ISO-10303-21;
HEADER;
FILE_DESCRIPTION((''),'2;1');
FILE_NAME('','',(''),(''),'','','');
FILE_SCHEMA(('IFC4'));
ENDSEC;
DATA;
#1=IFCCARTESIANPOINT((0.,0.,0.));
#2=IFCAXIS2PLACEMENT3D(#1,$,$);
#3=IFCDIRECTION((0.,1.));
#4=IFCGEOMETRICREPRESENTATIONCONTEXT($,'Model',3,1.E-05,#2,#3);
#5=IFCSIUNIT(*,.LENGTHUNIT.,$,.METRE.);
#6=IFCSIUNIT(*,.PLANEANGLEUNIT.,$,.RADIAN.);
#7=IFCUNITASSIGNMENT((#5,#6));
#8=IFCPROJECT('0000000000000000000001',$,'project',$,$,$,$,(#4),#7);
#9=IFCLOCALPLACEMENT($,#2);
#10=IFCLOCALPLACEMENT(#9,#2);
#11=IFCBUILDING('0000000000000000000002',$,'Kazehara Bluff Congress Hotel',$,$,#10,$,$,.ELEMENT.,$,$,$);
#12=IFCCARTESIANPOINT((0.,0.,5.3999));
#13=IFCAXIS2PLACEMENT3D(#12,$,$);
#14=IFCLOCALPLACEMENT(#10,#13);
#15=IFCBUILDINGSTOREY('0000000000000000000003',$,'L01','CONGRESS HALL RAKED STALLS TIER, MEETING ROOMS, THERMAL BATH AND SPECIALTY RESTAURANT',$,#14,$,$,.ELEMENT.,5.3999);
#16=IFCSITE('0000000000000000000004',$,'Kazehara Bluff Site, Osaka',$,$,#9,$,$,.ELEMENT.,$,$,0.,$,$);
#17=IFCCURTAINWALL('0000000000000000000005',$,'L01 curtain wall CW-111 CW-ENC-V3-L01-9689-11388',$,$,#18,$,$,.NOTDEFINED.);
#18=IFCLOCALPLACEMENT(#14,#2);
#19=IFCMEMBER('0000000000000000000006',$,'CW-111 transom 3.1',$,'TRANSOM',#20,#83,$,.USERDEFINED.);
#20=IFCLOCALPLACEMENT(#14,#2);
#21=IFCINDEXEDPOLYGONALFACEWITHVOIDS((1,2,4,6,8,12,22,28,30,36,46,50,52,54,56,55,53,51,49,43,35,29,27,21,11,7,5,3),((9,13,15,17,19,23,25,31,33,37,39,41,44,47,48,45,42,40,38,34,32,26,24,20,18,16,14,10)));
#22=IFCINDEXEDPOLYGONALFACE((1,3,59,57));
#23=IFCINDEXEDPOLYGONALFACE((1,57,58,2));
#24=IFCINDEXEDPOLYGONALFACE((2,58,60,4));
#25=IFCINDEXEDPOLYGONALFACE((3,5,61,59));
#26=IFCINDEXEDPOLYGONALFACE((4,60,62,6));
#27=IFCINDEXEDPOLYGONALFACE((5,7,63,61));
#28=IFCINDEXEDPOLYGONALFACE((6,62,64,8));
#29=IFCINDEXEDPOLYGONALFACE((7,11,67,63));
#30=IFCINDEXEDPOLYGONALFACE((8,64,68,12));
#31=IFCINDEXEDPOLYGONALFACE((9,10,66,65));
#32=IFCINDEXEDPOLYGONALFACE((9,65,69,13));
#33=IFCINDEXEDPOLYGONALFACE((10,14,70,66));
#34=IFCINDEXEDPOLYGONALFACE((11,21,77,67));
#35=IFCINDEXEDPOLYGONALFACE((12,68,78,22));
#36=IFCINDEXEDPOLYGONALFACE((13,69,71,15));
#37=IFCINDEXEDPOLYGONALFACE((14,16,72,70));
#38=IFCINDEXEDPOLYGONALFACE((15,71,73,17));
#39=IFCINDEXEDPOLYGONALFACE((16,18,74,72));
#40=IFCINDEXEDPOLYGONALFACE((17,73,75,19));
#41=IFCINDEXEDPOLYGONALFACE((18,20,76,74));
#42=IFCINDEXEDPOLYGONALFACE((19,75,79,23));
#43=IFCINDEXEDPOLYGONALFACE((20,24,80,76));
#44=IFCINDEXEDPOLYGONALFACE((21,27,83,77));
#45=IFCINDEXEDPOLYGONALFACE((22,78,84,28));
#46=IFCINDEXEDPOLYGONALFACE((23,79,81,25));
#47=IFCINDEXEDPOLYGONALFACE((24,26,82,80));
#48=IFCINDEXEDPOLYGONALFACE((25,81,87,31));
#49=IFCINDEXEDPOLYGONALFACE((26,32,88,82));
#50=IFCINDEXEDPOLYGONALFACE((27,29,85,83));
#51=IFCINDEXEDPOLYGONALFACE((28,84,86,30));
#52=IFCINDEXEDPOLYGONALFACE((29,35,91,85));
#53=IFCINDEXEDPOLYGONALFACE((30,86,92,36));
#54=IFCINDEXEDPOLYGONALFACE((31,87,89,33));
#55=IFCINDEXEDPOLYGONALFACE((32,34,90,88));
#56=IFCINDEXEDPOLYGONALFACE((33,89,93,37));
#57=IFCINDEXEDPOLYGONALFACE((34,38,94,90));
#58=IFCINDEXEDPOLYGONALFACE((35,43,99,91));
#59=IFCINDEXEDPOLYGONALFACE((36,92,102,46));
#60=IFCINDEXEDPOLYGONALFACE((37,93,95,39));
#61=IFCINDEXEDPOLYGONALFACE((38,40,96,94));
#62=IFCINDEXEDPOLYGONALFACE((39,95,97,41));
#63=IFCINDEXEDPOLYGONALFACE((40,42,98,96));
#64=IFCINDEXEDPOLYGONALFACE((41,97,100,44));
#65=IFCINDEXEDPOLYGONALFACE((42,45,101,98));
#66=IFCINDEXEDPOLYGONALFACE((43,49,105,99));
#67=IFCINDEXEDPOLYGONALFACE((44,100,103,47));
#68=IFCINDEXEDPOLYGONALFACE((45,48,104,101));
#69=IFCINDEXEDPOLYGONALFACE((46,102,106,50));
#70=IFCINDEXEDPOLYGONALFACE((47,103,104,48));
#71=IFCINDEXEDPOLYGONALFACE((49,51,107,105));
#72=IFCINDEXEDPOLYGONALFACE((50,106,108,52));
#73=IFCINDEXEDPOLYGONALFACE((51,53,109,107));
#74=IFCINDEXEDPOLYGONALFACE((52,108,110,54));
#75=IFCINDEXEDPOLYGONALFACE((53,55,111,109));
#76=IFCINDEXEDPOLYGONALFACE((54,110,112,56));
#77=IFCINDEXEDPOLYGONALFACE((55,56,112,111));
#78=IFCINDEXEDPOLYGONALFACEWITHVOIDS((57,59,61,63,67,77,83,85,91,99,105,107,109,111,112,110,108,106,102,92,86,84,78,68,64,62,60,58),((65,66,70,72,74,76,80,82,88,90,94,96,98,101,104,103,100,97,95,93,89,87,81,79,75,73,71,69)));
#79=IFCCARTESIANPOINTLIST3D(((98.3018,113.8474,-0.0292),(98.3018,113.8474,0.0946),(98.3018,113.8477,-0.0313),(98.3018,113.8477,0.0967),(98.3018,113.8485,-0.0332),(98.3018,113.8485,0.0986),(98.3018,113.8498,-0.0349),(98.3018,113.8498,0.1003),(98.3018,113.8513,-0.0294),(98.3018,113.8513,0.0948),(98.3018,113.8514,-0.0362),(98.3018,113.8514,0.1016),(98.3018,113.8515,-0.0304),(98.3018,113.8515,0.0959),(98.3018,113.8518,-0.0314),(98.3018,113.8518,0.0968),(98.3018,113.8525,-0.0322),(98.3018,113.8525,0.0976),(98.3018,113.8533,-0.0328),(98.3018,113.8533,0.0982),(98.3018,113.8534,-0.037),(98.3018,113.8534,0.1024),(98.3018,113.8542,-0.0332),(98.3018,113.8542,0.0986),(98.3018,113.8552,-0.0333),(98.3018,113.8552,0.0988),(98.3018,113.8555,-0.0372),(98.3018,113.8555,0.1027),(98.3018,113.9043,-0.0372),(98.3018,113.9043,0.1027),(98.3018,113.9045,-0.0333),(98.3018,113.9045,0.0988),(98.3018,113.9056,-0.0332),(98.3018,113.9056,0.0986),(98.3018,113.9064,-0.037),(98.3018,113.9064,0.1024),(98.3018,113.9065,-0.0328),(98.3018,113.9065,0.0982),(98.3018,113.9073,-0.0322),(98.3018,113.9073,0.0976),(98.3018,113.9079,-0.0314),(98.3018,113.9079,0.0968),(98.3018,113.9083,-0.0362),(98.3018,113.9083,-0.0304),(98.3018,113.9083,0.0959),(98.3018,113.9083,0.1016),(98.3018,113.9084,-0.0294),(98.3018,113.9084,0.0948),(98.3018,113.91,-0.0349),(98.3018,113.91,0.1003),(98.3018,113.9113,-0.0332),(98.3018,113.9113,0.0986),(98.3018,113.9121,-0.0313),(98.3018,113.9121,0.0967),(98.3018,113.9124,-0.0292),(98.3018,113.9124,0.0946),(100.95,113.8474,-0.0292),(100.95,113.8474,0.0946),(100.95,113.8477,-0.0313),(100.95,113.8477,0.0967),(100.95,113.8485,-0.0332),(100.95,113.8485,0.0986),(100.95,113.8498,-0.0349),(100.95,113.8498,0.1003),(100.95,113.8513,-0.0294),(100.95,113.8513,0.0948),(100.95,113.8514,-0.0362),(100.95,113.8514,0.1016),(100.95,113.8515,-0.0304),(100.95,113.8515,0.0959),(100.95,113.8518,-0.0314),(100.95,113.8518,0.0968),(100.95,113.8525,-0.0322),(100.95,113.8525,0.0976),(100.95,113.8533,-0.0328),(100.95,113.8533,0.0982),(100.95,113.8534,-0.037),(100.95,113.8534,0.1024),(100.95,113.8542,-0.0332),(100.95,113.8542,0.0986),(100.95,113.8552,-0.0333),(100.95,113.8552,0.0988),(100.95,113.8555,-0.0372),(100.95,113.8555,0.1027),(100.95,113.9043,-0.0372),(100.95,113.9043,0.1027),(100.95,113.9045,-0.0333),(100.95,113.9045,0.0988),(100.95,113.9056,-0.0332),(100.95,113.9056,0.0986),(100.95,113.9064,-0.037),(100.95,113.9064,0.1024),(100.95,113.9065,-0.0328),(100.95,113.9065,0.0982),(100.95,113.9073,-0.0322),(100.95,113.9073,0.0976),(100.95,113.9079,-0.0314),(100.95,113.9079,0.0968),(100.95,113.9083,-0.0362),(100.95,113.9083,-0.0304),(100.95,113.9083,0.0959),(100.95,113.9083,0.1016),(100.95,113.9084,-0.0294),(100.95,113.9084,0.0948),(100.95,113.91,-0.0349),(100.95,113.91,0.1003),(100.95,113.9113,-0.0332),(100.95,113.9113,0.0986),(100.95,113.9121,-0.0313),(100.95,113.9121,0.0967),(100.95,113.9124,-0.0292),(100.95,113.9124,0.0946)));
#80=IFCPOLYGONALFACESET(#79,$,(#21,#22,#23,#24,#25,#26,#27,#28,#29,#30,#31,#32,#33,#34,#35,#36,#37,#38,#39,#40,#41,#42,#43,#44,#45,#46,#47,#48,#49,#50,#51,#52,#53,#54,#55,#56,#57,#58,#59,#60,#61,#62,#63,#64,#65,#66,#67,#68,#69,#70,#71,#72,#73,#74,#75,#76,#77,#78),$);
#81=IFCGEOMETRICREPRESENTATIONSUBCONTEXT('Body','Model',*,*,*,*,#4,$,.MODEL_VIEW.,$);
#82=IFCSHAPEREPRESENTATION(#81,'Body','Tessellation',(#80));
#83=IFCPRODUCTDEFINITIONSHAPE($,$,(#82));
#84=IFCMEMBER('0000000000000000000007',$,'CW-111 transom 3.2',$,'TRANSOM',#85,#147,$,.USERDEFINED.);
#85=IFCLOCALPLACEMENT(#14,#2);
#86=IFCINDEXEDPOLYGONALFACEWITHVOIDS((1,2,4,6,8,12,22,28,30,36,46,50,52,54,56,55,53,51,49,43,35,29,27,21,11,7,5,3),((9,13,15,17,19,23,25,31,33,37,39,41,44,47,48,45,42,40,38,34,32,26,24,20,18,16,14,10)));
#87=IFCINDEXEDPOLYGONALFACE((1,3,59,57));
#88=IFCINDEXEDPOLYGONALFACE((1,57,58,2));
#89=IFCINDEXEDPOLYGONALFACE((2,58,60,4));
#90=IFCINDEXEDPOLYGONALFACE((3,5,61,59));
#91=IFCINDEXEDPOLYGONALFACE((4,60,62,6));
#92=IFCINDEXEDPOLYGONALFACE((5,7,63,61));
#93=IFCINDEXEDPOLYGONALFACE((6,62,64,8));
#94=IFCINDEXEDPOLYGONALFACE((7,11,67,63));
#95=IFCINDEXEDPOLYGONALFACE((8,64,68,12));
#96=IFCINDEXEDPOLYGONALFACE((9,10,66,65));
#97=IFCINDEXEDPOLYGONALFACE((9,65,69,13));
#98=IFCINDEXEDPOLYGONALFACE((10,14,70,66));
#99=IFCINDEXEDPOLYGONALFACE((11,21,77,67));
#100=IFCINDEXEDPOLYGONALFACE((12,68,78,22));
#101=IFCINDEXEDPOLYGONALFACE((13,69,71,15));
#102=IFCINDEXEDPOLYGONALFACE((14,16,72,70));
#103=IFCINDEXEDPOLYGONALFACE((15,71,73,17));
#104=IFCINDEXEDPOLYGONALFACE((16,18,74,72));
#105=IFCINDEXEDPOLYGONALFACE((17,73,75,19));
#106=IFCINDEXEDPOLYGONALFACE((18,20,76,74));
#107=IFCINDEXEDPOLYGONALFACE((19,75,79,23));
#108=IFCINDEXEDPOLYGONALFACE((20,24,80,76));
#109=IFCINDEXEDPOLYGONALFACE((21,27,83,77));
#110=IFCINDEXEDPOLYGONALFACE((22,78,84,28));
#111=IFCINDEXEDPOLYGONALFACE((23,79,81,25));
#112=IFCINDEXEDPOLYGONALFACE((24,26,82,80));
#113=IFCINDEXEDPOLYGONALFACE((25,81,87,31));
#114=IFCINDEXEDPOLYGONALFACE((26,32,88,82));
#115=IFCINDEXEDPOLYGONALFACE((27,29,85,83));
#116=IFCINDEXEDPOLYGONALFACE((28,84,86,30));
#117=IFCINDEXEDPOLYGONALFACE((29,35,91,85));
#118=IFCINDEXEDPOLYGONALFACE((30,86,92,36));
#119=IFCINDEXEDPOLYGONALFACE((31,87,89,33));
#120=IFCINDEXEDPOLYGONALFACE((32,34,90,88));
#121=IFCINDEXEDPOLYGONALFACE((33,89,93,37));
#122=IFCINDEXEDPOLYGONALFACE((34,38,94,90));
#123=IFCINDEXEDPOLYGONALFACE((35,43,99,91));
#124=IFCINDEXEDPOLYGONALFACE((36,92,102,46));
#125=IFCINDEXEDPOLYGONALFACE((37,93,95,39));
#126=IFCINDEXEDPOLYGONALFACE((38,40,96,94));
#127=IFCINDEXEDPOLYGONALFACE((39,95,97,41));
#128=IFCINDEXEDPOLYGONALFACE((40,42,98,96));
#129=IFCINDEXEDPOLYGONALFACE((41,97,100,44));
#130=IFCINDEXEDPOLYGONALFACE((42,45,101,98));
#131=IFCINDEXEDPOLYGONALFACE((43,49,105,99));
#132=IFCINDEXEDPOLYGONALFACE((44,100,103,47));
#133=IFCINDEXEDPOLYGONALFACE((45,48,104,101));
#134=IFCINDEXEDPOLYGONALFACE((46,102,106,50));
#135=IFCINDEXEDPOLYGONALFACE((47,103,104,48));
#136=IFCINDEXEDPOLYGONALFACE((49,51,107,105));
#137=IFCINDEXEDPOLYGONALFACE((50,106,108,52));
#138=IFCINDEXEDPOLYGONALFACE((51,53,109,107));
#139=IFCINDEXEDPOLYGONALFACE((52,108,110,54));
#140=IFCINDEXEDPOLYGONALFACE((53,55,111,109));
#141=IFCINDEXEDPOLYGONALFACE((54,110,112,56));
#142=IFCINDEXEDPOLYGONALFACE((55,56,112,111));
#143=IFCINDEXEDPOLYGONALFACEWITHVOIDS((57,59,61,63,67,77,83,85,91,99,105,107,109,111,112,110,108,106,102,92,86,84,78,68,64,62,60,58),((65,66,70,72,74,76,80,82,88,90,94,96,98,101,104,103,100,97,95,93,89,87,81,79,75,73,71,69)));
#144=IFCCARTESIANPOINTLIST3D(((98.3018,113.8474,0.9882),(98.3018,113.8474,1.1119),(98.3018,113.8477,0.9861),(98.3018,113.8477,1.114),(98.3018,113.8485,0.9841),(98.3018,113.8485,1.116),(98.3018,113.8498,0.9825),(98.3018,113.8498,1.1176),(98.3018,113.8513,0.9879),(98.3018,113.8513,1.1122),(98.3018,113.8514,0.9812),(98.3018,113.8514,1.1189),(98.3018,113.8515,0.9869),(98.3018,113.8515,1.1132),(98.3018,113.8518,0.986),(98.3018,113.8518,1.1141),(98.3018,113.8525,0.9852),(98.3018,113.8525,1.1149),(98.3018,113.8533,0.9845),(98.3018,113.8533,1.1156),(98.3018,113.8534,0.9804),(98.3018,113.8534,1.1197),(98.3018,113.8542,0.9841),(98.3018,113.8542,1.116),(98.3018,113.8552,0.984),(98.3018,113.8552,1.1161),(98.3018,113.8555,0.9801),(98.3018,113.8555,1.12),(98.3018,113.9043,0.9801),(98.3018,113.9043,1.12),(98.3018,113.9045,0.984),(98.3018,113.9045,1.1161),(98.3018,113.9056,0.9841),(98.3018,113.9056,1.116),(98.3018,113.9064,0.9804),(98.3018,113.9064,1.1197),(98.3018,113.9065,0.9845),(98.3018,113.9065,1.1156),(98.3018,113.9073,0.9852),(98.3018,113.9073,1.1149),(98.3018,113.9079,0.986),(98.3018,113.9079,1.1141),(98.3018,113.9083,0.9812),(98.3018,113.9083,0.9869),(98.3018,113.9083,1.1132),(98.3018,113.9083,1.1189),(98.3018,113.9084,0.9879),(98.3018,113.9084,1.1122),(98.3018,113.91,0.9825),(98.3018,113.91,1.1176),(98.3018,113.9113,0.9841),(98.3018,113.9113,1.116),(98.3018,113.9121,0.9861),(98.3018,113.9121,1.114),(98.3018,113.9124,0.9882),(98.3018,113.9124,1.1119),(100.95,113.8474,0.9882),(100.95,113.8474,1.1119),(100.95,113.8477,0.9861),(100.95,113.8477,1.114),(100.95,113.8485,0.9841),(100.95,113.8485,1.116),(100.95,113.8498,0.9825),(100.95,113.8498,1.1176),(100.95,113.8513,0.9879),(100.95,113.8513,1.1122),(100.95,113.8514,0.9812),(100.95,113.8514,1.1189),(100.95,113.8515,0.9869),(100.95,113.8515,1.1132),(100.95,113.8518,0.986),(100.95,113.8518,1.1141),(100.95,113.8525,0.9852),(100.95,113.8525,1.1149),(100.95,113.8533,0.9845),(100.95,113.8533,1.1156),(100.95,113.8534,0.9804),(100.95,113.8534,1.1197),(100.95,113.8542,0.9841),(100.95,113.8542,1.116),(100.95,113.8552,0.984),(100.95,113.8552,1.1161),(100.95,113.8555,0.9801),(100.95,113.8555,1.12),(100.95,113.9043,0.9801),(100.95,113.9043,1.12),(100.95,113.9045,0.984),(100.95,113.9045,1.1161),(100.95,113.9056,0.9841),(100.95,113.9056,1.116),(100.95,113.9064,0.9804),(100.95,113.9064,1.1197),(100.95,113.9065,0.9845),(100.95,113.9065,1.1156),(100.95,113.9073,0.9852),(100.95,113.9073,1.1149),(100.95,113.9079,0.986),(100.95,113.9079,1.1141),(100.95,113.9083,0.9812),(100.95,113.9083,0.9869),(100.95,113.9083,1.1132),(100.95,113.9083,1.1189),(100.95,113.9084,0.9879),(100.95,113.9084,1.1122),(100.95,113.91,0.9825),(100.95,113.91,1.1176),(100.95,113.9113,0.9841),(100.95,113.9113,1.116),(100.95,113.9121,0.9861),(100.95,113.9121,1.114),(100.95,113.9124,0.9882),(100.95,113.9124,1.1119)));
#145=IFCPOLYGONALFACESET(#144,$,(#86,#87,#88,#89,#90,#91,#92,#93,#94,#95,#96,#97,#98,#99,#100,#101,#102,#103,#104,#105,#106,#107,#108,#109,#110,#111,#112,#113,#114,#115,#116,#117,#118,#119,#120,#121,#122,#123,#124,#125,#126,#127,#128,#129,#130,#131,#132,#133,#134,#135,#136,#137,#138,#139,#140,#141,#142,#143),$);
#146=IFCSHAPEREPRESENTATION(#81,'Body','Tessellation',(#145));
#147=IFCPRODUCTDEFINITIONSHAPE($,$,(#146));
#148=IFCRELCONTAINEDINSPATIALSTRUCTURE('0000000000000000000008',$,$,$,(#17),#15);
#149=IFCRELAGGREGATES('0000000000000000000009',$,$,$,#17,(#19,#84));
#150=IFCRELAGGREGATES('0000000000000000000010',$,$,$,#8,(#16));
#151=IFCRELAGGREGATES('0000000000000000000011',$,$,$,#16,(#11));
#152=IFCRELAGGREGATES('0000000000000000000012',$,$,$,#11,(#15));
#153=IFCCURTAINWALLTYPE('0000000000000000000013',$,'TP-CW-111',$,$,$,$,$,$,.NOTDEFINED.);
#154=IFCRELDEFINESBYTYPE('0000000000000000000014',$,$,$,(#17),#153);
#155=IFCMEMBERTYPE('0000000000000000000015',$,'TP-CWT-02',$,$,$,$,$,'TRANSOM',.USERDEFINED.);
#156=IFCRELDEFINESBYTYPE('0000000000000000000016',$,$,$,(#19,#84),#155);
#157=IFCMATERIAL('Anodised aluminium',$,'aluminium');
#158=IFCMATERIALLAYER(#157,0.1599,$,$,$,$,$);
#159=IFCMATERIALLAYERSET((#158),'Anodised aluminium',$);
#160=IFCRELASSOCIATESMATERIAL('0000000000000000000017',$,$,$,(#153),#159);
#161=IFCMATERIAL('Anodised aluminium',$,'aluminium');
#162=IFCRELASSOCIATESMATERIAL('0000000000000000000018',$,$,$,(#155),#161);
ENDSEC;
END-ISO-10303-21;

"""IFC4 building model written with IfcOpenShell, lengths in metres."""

from ifc_helpers import new_model, si_unit, direction, frame, origin, origin_2d, place, context, subcontext, project, spatial, hollow_rectangle, extrude, material, layer, layer_set, material_profile, profile_set, type_object, element, aggregate, save


model = new_model("IFC4")

# Units and contexts
model_context = context("Model", 3, precision=1e-05, world=origin(), true_north=direction((0.0, 1.0)))
body_context = subcontext(model_context, "Body", "Model", "MODEL_VIEW")
ifc_project = project(units=[si_unit("LENGTHUNIT", "METRE"), si_unit("PLANEANGLEUNIT", "RADIAN")], contexts=[model_context])

# Site, building, storey
site_placement = place(None, origin())
site = spatial("IfcSite", under=ifc_project, at=site_placement, Name="Kazehara Bluff Site, Osaka", CompositionType="ELEMENT", RefElevation=0.0)
building_placement = place(site_placement, origin())
building = spatial("IfcBuilding", under=site, at=building_placement, Name="Kazehara Bluff Congress Hotel", CompositionType="ELEMENT")
storey_placement = place(building_placement, frame((0.0, 0.0, 5.3999)))
storey = spatial("IfcBuildingStorey", under=building, at=storey_placement, Name="L01", Description="CONGRESS HALL RAKED STALLS TIER, MEETING ROOMS, THERMAL BATH AND SPECIALTY RESTAURANT", CompositionType="ELEMENT", Elevation=5.3999)

# Curtain wall, members
ifc_material_1 = material(Name="Anodised aluminium", Category="aluminium")
ifc_layer_1 = layer(ifc_material_1, 0.1599)
ifc_layer_set_1 = layer_set([ifc_layer_1], Name="Anodised aluminium")
curtain_wall_type = type_object("IfcCurtainWallType", Name="TP-CW-111", PredefinedType="NOTDEFINED", material=ifc_layer_set_1)
curtain_wall_placement = place(storey_placement, origin())
curtain_wall = element("IfcCurtainWall", 1, at=curtain_wall_placement, inside=storey, type_object=curtain_wall_type, Name="L01 curtain wall CW-111 CW-ENC-V3-L01-9689-11388", PredefinedType="NOTDEFINED")
ifc_material_2 = material(Name="Anodised aluminium", Category="aluminium")
ifc_material_profile_1 = material_profile(ifc_material_2, hollow_rectangle(XDim=0.0649, YDim=0.1399, WallThickness=0.0039, InnerFilletRadius=0.0039, OuterFilletRadius=0.0081, at=origin_2d()))
ifc_profile_set_1 = profile_set([ifc_material_profile_1], Name="Anodised aluminium")
member_type_1 = type_object("IfcMemberType", Name="TP-CWT-02", ElementType="TRANSOM", PredefinedType="USERDEFINED", material=ifc_profile_set_1)
member_1_placement = place(storey_placement, frame((98.3018, 113.8799, 0.0327), z_axis=(1.0, 0.0, 0.0), x_axis=(0.0, 1.0, 0.0)))
member_1 = element("IfcMember", 2, at=member_1_placement, type_object=member_type_1, Name="CW-111 transom 3.1", ObjectType="TRANSOM", PredefinedType="USERDEFINED", context=body_context, shape_type="SweptSolid", body=[
    extrude(hollow_rectangle(XDim=0.0649, YDim=0.1399, WallThickness=0.0039, InnerFilletRadius=0.0039, OuterFilletRadius=0.0081, at=origin_2d()), origin(), (0.0, 0.0, 1.0), 2.6482),
])
member_2_placement = place(storey_placement, frame((98.3018, 113.8799, 1.05), z_axis=(1.0, 0.0, 0.0), x_axis=(0.0, 1.0, 0.0)))
member_2 = element("IfcMember", 3, at=member_2_placement, type_object=member_type_1, Name="CW-111 transom 3.2", ObjectType="TRANSOM", PredefinedType="USERDEFINED", context=body_context, shape_type="SweptSolid", body=[
    extrude(hollow_rectangle(XDim=0.0649, YDim=0.1399, WallThickness=0.0039, InnerFilletRadius=0.0039, OuterFilletRadius=0.0081, at=origin_2d()), origin(), (0.0, 0.0, 1.0), 2.6482),
])

aggregate(curtain_wall, [member_1, member_2])

save(model, "model.ifc")
